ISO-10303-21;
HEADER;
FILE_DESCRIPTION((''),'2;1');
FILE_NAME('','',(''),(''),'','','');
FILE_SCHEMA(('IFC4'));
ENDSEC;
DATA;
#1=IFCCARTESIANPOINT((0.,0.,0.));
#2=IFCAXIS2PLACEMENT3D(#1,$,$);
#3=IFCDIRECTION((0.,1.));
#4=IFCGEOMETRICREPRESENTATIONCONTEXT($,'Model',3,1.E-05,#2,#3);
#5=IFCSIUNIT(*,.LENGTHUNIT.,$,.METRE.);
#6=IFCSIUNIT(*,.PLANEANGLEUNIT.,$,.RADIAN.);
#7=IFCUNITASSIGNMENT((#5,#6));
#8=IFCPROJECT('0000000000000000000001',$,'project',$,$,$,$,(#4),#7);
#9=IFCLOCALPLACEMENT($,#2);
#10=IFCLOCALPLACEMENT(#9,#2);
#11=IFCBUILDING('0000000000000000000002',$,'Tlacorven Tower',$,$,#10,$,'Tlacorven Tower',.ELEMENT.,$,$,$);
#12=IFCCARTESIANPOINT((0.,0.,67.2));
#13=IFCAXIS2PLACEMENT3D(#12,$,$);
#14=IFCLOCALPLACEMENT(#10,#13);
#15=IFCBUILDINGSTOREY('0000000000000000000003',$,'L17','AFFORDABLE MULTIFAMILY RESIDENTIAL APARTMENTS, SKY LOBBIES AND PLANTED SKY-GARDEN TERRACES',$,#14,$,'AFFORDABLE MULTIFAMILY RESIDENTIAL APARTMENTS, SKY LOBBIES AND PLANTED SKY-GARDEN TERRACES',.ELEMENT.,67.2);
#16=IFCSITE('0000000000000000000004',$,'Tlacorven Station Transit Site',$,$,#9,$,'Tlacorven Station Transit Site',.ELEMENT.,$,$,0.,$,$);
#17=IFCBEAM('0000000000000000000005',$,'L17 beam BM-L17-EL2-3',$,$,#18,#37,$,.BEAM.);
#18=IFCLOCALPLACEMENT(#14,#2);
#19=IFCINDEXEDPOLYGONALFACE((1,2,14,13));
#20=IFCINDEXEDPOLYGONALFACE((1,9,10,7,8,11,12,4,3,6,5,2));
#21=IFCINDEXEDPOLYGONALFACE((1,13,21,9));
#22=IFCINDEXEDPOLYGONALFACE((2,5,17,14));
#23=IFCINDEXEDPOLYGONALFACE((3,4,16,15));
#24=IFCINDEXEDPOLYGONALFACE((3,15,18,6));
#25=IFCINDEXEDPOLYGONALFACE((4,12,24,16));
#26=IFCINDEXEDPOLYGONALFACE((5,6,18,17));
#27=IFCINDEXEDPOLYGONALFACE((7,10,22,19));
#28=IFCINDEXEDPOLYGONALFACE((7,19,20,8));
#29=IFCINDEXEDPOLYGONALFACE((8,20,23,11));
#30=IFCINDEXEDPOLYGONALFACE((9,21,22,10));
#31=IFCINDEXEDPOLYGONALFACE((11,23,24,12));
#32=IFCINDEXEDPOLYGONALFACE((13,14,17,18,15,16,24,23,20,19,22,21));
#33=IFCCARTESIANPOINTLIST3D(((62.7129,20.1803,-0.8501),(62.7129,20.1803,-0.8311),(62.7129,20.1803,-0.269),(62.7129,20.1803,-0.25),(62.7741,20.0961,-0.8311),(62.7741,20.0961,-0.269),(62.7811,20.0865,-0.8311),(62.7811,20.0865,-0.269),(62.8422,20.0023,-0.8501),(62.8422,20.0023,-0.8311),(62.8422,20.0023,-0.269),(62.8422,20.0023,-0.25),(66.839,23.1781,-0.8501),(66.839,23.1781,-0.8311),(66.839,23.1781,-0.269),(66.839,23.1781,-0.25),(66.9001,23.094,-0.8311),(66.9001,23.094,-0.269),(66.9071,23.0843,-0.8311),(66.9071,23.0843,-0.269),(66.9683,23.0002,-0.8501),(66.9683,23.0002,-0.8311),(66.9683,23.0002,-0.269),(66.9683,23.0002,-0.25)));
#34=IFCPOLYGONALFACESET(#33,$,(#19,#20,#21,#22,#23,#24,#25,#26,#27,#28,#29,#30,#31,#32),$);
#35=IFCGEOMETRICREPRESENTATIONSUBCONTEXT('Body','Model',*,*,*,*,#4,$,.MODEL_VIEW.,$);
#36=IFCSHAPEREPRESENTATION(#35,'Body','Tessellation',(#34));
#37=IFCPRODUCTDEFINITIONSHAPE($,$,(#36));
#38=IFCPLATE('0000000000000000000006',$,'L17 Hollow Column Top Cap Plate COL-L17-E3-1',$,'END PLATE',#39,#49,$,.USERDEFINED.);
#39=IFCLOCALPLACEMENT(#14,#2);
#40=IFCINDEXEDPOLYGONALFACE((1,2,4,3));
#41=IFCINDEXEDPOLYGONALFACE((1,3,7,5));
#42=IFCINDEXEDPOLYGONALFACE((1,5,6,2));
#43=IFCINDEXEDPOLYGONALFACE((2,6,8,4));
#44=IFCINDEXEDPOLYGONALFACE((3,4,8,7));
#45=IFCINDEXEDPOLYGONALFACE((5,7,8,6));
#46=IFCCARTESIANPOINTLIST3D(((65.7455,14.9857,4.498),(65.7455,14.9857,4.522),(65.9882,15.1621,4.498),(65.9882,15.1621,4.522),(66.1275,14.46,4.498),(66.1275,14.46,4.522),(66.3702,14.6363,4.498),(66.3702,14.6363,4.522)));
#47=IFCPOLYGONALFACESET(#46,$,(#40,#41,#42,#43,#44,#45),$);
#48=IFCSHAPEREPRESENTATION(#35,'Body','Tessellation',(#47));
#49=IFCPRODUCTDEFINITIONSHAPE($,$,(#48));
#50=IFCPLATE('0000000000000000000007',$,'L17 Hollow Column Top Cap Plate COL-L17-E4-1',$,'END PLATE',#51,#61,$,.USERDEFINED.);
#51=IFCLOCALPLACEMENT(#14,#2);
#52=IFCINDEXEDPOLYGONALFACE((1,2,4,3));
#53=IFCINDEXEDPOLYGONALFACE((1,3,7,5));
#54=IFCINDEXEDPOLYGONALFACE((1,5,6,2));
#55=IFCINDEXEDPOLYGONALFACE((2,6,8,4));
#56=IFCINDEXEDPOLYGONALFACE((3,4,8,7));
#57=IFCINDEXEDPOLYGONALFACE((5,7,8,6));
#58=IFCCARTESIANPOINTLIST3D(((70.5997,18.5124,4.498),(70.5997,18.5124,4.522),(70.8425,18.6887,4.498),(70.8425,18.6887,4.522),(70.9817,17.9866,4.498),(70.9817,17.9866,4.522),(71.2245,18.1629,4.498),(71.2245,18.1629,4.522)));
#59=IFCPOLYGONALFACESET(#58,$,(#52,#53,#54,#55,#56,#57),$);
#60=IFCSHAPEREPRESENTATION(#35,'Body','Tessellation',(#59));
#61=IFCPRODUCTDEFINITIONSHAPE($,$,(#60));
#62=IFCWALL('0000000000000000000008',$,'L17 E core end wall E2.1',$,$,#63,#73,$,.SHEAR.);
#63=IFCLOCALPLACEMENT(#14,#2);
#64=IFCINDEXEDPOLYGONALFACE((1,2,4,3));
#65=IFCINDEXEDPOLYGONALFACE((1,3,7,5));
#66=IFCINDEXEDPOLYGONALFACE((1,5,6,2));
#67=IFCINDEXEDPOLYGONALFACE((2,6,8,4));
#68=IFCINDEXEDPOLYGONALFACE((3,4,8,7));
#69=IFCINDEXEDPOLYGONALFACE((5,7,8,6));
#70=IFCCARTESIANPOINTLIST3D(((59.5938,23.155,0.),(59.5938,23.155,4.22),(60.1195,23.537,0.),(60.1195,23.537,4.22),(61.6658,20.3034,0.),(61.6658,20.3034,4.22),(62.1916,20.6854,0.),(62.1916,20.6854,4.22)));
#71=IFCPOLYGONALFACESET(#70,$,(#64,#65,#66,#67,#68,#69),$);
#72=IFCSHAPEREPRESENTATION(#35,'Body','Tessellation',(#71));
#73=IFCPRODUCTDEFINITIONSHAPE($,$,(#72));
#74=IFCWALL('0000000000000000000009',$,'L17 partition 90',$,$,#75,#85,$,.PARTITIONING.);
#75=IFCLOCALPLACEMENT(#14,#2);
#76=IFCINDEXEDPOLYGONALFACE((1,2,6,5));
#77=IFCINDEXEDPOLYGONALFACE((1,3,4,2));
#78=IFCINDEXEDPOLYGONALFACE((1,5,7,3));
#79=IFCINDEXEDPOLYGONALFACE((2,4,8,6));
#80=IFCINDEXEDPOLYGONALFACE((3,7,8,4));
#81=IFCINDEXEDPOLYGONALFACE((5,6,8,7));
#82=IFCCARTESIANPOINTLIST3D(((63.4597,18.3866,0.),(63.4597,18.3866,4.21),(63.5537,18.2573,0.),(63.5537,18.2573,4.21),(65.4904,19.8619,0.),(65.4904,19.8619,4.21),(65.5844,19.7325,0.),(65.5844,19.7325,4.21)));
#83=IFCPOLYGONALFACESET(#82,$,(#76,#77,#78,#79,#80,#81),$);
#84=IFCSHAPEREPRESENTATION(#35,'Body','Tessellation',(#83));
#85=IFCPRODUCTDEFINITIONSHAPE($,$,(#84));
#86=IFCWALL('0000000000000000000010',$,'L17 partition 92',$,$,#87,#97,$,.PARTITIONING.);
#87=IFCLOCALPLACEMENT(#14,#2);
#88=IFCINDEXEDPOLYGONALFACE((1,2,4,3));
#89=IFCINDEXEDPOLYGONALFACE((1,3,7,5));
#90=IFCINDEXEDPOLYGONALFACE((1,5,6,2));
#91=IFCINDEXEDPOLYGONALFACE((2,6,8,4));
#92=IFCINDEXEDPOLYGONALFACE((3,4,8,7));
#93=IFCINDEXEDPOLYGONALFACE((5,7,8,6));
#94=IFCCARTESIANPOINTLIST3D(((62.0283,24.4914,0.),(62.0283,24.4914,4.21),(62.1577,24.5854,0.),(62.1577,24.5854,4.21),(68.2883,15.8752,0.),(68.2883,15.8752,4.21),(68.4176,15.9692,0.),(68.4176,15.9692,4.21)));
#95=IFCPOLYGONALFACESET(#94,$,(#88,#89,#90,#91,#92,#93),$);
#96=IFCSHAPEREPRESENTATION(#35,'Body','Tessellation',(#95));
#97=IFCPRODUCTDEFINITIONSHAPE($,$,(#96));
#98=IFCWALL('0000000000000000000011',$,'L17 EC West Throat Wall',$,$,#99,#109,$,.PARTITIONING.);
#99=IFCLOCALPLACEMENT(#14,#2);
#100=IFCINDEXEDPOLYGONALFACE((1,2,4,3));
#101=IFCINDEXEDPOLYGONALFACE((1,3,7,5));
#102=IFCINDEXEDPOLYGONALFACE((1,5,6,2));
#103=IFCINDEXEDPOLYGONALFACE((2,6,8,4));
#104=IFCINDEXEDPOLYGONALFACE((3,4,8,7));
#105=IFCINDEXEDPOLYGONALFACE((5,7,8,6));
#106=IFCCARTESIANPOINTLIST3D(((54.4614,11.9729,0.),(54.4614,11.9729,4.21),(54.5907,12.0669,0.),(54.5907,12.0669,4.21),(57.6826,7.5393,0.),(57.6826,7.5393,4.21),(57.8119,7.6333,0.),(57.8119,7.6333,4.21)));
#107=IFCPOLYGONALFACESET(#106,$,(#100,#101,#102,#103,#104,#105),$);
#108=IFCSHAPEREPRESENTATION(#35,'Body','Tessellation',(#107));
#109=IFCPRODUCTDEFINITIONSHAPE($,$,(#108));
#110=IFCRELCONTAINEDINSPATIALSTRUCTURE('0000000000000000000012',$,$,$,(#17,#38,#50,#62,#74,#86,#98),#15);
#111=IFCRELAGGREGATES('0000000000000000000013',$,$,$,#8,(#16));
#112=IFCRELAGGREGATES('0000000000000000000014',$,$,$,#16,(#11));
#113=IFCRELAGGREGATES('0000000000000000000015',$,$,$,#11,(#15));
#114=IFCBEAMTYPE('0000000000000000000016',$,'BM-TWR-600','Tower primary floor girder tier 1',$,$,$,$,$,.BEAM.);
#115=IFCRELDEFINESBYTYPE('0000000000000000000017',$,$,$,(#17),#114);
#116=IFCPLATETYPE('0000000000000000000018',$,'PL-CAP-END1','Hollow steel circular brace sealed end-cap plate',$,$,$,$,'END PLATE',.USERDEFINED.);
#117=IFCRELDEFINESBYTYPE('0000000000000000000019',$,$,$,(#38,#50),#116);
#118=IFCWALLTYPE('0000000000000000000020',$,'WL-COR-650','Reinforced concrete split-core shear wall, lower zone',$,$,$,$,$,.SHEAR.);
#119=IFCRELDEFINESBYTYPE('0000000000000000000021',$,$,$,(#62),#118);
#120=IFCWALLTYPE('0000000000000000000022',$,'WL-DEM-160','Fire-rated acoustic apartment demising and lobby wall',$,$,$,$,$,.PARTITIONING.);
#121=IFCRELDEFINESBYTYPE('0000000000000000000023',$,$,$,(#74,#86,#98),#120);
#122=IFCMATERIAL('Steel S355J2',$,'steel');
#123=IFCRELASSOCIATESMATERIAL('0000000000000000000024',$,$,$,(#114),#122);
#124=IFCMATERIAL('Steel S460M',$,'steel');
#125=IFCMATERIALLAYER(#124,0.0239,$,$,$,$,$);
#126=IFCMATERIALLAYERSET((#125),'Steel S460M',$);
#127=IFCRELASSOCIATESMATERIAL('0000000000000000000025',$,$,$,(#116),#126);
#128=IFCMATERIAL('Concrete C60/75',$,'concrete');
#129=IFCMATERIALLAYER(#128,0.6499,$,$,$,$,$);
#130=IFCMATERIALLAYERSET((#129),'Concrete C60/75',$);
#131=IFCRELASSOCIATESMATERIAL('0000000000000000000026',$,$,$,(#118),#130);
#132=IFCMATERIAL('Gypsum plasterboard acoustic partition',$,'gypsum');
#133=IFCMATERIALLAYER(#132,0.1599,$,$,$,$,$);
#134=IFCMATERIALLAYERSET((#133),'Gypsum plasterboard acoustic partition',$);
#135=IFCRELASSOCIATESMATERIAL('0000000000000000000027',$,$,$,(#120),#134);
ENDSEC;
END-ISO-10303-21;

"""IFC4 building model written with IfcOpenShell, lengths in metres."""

from ifc_helpers import new_model, si_unit, direction, frame, frame_2d, origin, origin_2d, place, context, subcontext, project, spatial, rectangle, i_section, extrude, source, transform, mapped, material, layer, layer_set, material_profile, profile_set, type_object, element, save


model = new_model("IFC4")

# Units and contexts
model_context = context("Model", 3, precision=1e-05, world=origin(), true_north=direction((0.0, 1.0)))
body_context = subcontext(model_context, "Body", "Model", "MODEL_VIEW")
ifc_project = project(units=[si_unit("LENGTHUNIT", "METRE"), si_unit("PLANEANGLEUNIT", "RADIAN")], contexts=[model_context])

# Site, building, storey
site_placement = place(None, origin())
site = spatial("IfcSite", under=ifc_project, at=site_placement, Name="Tlacorven Station Transit Site", LongName="Tlacorven Station Transit Site", CompositionType="ELEMENT", RefElevation=0.0)
building_placement = place(site_placement, origin())
building = spatial("IfcBuilding", under=site, at=building_placement, Name="Tlacorven Tower", LongName="Tlacorven Tower", CompositionType="ELEMENT")
storey_placement = place(building_placement, frame((0.0, 0.0, 67.2)))
storey = spatial("IfcBuildingStorey", under=building, at=storey_placement, Name="L17", Description="AFFORDABLE MULTIFAMILY RESIDENTIAL APARTMENTS, SKY LOBBIES AND PLANTED SKY-GARDEN TERRACES", LongName="AFFORDABLE MULTIFAMILY RESIDENTIAL APARTMENTS, SKY LOBBIES AND PLANTED SKY-GARDEN TERRACES", CompositionType="ELEMENT", Elevation=67.2)

# Shared definitions
ifc_material_1 = material(Name="Steel S460M", Category="steel")

# Beam
ifc_material_2 = material(Name="Steel S355J2", Category="steel")
ifc_material_profile_1 = material_profile(ifc_material_2, i_section(OverallWidth=0.22, OverallDepth=0.6001, WebThickness=0.012, FlangeThickness=0.019, at=origin_2d()), Name="IPE 600")
ifc_profile_set_1 = profile_set([ifc_material_profile_1], Name="Steel S355J2")
beam_type_1 = type_object("IfcBeamType", Name="BM-TWR-600", Description="Tower primary floor girder tier 1", PredefinedType="BEAM", material=ifc_profile_set_1)
shared_shape_1 = source(origin(), body_context, "Body", "SweptSolid", [
    extrude(i_section(OverallWidth=0.22, OverallDepth=0.6001, WebThickness=0.012, FlangeThickness=0.019, at=origin_2d()), origin(), (0.0, 0.0, 1.0), 5.1001),
])
beam_1_placement = place(storey_placement, frame((62.7776, 20.0913, -0.55), z_axis=(0.809007, 0.587799, 0.0), x_axis=(-0.587799, 0.809007, 0.0)))
element("IfcBeam", 1, at=beam_1_placement, inside=storey, type_object=beam_type_1, Name="L17 beam BM-L17-EL2-3", PredefinedType="BEAM", context=body_context, shape_type="MappedRepresentation", body=[
    mapped(shared_shape_1, transform((0.0, 0.0, 0.0), scale=1.0)),
])

# Plates
ifc_layer_1 = layer(ifc_material_1, 0.0239)
ifc_layer_set_1 = layer_set([ifc_layer_1], Name="Steel S460M")
plate_type = type_object("IfcPlateType", Name="PL-CAP-END1", Description="Hollow steel circular brace sealed end-cap plate", ElementType="END PLATE", PredefinedType="USERDEFINED", material=ifc_layer_set_1)
shared_shape_2 = source(origin(), body_context, "Body", "SweptSolid", [
    extrude(rectangle(XDim=0.3, YDim=0.6499, at=origin_2d()), origin(), (0.0, 0.0, 1.0), 0.0239),
])
for number, where, z_axis, x_axis, name in (
    (2, (66.0579, 14.811, 4.498), (0.0, 0.0, 1.0), (0.809017, 0.587785, 0.0), "L17 Hollow Column Top Cap Plate COL-L17-E3-1"),
    (3, (70.9121, 18.3376, 4.498), (0.0, 0.0, 1.0), (0.809017, 0.587785, 0.0), "L17 Hollow Column Top Cap Plate COL-L17-E4-1"),
):
    element("IfcPlate", number, at=place(storey_placement, frame(where, z_axis=z_axis, x_axis=x_axis)), inside=storey, type_object=plate_type, Name=name, ObjectType="END PLATE", PredefinedType="USERDEFINED", context=body_context, shape_type="MappedRepresentation", body=[
        mapped(shared_shape_2, transform((0.0, 0.0, 0.0), scale=1.0)),
    ])

# Walls
ifc_material_3 = material(Name="Concrete C60/75", Category="concrete")
ifc_layer_2 = layer(ifc_material_3, 0.6499)
ifc_layer_set_2 = layer_set([ifc_layer_2], Name="Concrete C60/75")
wall_type_1 = type_object("IfcWallType", Name="WL-COR-650", Description="Reinforced concrete split-core shear wall, lower zone", PredefinedType="SHEAR", material=ifc_layer_set_2)
wall_1_placement = place(storey_placement, frame((61.9287, 20.4944, 0.0), z_axis=(0.0, 0.0, 1.0), x_axis=(-0.58783, 0.808985, 0.0)))
element("IfcWall", 4, at=wall_1_placement, inside=storey, type_object=wall_type_1, Name="L17 E core end wall E2.1", PredefinedType="SHEAR", context=body_context, shape_type="SweptSolid", body=[
    extrude(rectangle(XDim=3.5249, YDim=0.6499, at=frame_2d((1.7625, 0.0))), origin(), (0.0, 0.0, 1.0), 4.22),
])
ifc_material_4 = material(Name="Gypsum plasterboard acoustic partition", Category="gypsum")
ifc_layer_3 = layer(ifc_material_4, 0.1599)
ifc_layer_set_3 = layer_set([ifc_layer_3], Name="Gypsum plasterboard acoustic partition")
wall_type_2 = type_object("IfcWallType", Name="WL-DEM-160", Description="Fire-rated acoustic apartment demising and lobby wall", PredefinedType="PARTITIONING", material=ifc_layer_set_3)
wall_2_placement = place(storey_placement, frame((63.5068, 18.322, 0.0), z_axis=(0.0, 0.0, 1.0), x_axis=(0.809035, 0.587761, 0.0)))
element("IfcWall", 5, at=wall_2_placement, inside=storey, type_object=wall_type_2, Name="L17 partition 90", PredefinedType="PARTITIONING", context=body_context, shape_type="SweptSolid", body=[
    extrude(rectangle(XDim=2.51, YDim=0.1599, at=frame_2d((1.2549, 0.0))), origin(), (0.0, 0.0, 1.0), 4.21),
])
wall_3_placement = place(storey_placement, frame((68.353, 15.9221, 0.0), z_axis=(0.0, 0.0, 1.0), x_axis=(-0.587783, 0.809019, 0.0)))
element("IfcWall", 6, at=wall_3_placement, inside=storey, type_object=wall_type_2, Name="L17 partition 92", PredefinedType="PARTITIONING", context=body_context, shape_type="SweptSolid", body=[
    extrude(rectangle(XDim=10.6501, YDim=0.1599, at=frame_2d((5.3252, 0.0))), origin(), (0.0, 0.0, 1.0), 4.21),
])
wall_4_placement = place(storey_placement, frame((57.7473, 7.5862, 0.0), z_axis=(0.0, 0.0, 1.0), x_axis=(-0.587785, 0.809017, 0.0)))
element("IfcWall", 7, at=wall_4_placement, inside=storey, type_object=wall_type_2, Name="L17 EC West Throat Wall", PredefinedType="PARTITIONING", context=body_context, shape_type="SweptSolid", body=[
    extrude(rectangle(XDim=5.4802, YDim=0.1599, at=frame_2d((2.7402, 0.0))), origin(), (0.0, 0.0, 1.0), 4.21),
])

save(model, "model.ifc")
